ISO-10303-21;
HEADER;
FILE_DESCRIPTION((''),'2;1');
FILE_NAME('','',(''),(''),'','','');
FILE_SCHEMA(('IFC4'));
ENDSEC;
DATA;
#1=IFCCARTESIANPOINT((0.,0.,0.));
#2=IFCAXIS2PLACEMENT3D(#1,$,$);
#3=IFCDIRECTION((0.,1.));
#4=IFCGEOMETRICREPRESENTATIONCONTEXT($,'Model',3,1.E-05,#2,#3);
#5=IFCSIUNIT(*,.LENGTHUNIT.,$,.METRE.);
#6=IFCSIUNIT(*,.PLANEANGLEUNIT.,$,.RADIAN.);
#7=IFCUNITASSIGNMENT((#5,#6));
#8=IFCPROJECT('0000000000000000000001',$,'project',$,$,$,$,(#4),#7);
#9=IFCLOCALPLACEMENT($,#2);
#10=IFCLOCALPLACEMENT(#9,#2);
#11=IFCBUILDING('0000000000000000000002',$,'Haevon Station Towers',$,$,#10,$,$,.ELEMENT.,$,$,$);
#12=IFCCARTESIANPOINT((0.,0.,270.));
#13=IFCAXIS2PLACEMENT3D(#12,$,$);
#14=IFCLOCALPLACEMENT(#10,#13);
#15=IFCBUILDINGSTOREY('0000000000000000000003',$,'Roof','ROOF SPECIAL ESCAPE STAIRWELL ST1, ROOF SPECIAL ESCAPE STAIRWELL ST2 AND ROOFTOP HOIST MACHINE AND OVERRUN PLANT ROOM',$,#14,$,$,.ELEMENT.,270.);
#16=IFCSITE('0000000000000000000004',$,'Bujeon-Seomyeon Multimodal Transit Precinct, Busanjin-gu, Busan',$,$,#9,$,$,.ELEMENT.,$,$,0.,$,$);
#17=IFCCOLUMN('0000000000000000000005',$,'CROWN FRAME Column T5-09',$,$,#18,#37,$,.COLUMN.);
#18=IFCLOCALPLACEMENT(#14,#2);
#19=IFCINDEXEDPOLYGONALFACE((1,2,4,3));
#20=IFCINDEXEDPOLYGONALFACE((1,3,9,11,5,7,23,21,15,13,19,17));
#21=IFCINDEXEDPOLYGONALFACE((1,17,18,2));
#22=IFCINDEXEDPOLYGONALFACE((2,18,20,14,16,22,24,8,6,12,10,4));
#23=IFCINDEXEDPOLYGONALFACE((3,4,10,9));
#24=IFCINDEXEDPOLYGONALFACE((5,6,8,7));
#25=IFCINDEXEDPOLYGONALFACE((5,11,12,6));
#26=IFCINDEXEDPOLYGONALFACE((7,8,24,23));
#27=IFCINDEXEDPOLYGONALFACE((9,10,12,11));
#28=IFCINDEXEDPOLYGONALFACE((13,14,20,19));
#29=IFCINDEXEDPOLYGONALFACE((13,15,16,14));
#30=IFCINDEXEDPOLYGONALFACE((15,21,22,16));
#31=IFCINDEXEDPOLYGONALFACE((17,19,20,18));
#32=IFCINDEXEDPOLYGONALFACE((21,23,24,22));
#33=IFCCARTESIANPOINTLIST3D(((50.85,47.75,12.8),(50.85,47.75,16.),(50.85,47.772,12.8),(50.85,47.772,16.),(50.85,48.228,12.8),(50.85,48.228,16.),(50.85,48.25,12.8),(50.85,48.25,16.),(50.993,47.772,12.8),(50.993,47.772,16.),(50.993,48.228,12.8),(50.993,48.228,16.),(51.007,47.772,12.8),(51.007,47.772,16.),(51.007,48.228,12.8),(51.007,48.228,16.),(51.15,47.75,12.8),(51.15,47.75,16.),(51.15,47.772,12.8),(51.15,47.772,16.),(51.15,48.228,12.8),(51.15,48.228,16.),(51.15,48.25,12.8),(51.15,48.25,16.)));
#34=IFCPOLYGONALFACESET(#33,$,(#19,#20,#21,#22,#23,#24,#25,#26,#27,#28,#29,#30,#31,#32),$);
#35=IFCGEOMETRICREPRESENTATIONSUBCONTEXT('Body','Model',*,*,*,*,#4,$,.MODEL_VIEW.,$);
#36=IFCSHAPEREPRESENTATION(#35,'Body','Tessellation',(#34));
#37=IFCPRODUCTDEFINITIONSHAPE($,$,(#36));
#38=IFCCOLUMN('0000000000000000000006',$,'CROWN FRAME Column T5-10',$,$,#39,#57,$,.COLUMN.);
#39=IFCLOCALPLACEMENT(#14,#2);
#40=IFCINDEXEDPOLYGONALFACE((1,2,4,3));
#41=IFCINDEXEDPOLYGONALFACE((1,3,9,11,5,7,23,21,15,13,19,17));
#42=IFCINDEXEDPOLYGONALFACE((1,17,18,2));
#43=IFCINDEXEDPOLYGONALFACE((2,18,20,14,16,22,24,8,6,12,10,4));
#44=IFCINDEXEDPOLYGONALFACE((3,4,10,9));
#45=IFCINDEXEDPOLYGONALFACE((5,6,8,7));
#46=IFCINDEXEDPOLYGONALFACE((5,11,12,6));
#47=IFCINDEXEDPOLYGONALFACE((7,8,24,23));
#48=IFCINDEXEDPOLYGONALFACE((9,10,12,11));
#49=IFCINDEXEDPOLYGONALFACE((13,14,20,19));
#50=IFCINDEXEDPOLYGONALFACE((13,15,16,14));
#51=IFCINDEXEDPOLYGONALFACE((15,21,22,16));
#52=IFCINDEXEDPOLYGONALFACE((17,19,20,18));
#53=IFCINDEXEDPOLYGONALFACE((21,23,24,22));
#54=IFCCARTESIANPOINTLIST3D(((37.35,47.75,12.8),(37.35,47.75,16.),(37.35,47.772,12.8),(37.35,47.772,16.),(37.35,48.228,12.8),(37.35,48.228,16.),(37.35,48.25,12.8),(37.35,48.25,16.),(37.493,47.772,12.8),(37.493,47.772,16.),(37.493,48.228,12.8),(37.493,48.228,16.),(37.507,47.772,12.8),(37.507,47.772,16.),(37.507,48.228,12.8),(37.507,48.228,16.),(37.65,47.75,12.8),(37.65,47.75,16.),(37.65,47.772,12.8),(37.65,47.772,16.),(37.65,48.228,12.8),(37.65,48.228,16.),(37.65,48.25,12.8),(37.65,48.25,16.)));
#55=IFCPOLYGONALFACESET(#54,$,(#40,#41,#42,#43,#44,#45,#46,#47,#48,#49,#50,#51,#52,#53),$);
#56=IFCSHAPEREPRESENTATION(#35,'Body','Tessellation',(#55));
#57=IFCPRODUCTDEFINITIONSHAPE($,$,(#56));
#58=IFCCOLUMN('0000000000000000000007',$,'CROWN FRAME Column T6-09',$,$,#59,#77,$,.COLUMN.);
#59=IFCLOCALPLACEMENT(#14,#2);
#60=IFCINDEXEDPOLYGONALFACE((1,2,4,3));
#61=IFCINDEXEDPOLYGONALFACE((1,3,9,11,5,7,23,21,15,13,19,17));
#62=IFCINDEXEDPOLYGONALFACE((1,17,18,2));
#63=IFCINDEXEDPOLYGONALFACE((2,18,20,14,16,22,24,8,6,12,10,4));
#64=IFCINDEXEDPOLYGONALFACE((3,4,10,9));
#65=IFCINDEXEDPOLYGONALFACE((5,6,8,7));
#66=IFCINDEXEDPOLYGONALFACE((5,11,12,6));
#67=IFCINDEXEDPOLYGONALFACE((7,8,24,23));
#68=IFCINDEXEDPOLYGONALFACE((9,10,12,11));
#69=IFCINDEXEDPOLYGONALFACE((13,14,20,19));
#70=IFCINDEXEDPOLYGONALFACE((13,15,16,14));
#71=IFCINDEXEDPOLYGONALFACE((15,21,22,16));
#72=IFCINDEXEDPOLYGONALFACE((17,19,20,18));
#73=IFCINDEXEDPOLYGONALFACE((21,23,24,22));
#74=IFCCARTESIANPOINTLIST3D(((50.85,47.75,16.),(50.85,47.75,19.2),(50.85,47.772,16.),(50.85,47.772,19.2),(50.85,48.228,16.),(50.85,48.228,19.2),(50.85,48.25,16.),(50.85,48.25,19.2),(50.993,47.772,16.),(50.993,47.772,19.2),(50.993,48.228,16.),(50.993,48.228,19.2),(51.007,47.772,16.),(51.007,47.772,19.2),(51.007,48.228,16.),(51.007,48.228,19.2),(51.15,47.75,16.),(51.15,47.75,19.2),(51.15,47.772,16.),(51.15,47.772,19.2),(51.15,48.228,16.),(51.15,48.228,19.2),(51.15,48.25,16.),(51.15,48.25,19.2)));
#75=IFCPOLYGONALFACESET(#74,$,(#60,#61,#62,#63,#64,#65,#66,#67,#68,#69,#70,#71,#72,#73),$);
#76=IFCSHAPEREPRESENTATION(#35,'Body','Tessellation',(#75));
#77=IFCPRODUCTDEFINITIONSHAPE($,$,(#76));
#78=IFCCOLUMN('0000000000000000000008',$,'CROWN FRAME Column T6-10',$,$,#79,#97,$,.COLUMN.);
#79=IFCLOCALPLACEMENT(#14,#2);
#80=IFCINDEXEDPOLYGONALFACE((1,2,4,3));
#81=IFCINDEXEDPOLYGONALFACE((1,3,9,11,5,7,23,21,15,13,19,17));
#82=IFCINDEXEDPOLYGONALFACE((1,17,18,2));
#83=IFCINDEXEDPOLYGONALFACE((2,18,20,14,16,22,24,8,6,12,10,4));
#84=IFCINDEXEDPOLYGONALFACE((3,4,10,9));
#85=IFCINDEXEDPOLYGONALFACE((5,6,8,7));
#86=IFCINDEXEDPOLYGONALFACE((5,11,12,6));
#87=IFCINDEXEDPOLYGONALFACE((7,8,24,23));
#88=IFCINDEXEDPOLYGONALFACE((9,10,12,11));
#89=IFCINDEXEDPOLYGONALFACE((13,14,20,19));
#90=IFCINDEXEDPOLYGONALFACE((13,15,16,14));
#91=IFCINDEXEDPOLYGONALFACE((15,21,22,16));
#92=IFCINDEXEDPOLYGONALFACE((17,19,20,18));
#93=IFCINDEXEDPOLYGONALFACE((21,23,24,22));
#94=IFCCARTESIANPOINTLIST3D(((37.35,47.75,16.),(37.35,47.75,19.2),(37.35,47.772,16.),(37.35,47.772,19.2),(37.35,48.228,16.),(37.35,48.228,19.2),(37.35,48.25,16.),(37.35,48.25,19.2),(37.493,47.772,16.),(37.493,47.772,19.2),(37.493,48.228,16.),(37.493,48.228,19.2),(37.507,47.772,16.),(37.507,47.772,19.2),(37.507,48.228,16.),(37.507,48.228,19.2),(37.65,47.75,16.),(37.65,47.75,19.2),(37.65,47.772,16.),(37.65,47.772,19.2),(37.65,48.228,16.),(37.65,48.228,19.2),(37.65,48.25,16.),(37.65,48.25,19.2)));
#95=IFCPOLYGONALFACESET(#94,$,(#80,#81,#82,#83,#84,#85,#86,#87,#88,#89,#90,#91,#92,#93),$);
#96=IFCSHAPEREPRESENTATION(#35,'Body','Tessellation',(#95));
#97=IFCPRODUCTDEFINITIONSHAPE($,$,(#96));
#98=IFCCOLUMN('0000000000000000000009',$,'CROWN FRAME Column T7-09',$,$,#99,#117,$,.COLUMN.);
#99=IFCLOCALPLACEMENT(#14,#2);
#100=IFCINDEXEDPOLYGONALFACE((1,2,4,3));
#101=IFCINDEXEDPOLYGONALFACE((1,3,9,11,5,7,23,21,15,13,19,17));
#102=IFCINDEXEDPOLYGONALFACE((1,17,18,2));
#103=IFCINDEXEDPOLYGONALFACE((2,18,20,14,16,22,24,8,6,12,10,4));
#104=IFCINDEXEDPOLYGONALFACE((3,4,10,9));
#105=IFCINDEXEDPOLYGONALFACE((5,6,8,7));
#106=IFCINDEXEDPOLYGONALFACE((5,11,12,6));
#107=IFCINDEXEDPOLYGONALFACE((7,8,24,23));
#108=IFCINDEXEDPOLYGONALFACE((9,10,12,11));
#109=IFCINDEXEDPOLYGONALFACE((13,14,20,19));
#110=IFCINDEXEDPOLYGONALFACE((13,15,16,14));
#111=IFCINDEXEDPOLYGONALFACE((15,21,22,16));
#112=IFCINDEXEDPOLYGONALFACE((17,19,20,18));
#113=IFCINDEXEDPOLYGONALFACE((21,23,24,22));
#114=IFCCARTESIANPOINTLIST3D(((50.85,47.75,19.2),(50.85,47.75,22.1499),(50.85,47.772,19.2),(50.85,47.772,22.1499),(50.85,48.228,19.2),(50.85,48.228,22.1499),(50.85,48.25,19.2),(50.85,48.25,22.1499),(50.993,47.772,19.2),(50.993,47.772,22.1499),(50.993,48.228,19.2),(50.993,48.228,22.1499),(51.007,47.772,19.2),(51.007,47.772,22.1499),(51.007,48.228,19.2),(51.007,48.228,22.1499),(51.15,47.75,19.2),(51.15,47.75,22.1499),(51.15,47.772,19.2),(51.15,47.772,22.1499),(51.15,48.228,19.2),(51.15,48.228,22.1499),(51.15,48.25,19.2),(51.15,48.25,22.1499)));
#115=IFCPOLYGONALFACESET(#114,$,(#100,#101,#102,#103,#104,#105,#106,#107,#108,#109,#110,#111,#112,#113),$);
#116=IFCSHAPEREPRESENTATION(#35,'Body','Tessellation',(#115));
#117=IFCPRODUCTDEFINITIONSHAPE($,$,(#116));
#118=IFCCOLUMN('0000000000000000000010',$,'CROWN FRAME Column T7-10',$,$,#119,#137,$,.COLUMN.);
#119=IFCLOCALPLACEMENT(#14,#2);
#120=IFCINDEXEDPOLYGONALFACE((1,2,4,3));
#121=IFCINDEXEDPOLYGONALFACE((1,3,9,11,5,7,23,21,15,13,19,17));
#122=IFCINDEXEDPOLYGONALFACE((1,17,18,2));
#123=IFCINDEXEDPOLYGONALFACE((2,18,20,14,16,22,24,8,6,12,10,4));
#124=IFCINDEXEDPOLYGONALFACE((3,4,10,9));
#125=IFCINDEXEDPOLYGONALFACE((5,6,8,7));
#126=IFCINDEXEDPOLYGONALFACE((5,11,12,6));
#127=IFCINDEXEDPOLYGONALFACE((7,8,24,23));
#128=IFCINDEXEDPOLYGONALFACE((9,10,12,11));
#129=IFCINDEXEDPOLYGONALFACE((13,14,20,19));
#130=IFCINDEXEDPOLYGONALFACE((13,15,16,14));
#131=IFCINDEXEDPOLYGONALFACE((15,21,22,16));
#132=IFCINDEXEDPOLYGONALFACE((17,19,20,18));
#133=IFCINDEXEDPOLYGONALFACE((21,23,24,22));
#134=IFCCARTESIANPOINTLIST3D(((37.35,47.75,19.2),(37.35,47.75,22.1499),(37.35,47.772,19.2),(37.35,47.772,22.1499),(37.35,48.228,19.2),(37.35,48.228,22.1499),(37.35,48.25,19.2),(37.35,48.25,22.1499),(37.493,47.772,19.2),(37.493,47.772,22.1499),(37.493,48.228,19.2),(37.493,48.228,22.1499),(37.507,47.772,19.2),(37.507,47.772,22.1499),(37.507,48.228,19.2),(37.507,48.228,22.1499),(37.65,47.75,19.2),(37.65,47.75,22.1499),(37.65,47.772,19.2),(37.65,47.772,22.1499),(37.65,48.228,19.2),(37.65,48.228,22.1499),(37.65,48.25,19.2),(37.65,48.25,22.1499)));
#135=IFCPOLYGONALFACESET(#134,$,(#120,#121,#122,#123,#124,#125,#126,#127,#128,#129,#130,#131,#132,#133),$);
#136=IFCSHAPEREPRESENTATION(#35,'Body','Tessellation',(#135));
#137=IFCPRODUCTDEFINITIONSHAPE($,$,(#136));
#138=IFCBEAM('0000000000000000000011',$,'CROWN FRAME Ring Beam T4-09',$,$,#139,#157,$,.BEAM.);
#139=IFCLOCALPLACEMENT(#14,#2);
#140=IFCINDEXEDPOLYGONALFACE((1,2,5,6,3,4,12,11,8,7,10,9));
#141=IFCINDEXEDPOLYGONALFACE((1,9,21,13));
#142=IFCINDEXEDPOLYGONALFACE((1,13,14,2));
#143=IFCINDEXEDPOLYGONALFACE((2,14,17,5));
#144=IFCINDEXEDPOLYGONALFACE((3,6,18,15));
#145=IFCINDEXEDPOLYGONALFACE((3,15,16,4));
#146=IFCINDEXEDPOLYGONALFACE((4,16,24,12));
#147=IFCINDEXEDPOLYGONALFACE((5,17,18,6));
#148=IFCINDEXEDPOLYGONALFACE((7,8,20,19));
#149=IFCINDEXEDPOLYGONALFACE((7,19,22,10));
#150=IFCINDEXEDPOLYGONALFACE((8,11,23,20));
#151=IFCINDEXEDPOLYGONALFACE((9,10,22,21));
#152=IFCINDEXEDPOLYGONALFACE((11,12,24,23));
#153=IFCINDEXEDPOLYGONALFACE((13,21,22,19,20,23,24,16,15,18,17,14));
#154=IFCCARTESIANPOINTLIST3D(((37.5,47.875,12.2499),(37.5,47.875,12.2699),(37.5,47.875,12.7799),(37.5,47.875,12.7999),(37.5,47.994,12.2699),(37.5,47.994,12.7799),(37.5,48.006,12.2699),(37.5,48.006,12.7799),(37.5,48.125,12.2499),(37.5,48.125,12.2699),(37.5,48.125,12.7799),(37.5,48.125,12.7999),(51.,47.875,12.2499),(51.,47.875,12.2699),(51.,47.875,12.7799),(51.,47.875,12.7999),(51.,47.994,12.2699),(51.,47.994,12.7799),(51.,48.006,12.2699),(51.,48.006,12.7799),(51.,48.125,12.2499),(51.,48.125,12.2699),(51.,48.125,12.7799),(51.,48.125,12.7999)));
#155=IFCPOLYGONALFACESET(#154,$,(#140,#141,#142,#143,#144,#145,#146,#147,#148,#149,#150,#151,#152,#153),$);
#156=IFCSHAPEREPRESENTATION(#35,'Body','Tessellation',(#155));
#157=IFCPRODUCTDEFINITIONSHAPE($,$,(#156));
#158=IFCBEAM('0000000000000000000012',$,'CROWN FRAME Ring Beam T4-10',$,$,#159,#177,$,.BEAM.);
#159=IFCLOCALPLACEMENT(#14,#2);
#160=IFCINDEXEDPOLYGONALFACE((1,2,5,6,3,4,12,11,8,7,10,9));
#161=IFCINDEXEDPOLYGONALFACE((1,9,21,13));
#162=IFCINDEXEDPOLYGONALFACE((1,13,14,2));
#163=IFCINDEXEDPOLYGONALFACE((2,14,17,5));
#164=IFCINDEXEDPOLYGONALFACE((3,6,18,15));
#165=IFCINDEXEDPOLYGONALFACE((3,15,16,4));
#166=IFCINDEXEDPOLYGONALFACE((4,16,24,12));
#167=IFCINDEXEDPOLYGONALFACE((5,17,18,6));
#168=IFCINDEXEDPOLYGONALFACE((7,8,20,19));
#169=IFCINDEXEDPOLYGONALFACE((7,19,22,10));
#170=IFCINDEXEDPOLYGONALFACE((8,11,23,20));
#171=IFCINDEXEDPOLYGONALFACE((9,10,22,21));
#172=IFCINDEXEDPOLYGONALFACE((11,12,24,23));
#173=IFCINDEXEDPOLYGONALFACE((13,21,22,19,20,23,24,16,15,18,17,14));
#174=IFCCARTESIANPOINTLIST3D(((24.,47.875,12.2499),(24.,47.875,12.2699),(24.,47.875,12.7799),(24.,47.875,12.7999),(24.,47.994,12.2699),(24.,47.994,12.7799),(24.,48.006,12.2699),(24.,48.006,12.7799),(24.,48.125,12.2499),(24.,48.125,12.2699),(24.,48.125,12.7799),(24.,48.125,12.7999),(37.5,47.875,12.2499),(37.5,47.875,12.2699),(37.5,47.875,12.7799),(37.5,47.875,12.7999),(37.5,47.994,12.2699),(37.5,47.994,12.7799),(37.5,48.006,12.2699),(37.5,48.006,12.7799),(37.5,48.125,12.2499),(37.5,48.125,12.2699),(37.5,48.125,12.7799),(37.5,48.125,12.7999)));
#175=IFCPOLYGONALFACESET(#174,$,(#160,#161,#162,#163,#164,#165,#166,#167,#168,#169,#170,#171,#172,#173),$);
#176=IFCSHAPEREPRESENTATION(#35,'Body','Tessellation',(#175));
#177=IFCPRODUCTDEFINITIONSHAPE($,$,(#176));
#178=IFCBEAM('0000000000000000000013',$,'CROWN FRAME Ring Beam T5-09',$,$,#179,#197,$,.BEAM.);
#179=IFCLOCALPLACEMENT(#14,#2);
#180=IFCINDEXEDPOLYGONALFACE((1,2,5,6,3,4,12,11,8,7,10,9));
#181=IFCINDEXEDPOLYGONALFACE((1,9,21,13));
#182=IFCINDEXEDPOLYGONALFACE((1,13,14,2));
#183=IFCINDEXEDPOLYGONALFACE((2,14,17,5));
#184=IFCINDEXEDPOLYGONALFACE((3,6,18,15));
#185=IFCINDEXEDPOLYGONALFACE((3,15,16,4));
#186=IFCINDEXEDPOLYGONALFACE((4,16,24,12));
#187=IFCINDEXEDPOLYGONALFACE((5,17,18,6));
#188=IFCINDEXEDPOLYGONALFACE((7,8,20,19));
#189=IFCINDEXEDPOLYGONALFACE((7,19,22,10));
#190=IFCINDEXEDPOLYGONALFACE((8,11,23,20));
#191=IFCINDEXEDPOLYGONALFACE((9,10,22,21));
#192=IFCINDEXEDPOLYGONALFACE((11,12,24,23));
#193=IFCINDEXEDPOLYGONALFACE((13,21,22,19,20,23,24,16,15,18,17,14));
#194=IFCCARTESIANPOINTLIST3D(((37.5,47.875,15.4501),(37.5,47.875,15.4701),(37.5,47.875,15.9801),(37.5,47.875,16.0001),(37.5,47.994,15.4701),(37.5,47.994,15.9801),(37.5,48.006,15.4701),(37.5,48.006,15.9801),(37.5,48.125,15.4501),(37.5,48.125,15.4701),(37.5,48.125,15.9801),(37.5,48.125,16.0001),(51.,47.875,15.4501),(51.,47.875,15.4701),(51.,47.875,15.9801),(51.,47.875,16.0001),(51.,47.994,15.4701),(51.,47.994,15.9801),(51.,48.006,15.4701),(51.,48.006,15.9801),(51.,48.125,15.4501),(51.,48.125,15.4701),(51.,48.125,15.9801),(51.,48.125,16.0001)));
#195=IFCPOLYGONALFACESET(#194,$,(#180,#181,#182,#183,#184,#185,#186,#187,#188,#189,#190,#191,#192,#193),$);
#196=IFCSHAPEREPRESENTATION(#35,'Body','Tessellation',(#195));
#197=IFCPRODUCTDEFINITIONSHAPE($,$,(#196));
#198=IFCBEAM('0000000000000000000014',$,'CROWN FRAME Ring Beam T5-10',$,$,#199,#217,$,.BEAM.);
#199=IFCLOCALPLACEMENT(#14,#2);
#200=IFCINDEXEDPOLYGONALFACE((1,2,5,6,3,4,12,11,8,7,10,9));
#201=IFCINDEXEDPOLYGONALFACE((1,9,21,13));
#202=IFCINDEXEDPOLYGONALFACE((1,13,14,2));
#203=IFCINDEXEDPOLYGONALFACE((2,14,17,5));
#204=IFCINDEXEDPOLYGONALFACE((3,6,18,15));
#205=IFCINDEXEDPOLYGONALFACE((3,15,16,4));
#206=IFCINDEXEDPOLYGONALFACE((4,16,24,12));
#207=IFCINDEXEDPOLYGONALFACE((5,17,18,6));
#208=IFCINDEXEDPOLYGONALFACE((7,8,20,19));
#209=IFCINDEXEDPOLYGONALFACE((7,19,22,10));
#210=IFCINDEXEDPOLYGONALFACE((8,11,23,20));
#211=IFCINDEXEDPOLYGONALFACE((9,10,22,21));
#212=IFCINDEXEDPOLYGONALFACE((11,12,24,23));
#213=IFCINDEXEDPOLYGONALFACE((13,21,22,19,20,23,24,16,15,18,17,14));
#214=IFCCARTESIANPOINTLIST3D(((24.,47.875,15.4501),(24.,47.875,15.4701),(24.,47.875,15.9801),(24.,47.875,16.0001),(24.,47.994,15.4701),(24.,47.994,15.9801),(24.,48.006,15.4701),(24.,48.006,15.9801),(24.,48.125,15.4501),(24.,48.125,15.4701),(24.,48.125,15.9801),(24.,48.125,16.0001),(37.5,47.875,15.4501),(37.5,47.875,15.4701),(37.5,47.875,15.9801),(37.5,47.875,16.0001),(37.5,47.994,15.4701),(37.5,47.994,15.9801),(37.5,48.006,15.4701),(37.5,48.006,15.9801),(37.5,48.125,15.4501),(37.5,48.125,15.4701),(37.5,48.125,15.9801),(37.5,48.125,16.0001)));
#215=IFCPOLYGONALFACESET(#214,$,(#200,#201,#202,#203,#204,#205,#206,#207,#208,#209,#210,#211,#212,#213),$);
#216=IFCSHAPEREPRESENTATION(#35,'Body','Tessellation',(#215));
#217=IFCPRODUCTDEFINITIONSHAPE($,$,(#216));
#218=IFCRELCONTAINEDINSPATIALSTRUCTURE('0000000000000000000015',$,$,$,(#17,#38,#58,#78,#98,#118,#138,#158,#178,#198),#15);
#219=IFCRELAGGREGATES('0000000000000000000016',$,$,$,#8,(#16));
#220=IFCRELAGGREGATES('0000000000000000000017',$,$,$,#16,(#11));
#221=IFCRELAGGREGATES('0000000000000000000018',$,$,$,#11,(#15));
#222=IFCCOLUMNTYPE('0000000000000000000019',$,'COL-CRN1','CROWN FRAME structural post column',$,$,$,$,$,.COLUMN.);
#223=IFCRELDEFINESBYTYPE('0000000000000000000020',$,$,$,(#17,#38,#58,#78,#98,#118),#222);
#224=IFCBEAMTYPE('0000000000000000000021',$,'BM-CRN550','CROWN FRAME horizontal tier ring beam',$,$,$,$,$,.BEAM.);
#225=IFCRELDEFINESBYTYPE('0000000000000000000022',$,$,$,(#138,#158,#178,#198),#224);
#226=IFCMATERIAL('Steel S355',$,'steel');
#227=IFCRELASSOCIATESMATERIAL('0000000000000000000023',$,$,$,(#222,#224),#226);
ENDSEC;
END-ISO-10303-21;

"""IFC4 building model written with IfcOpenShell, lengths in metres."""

from ifc_helpers import new_model, si_unit, direction, frame, origin, origin_2d, place, context, subcontext, project, spatial, i_section, extrude, material, material_profile, profile_set, type_object, element, save


model = new_model("IFC4")

# Units and contexts
model_context = context("Model", 3, precision=1e-05, world=origin(), true_north=direction((0.0, 1.0)))
body_context = subcontext(model_context, "Body", "Model", "MODEL_VIEW")
ifc_project = project(units=[si_unit("LENGTHUNIT", "METRE"), si_unit("PLANEANGLEUNIT", "RADIAN")], contexts=[model_context])

# Site, building, storey
site_placement = place(None, origin())
site = spatial("IfcSite", under=ifc_project, at=site_placement, Name="Bujeon-Seomyeon Multimodal Transit Precinct, Busanjin-gu, Busan", CompositionType="ELEMENT", RefElevation=0.0)
building_placement = place(site_placement, origin())
building = spatial("IfcBuilding", under=site, at=building_placement, Name="Haevon Station Towers", CompositionType="ELEMENT")
storey_placement = place(building_placement, frame((0.0, 0.0, 270.0)))
storey = spatial("IfcBuildingStorey", under=building, at=storey_placement, Name="Roof", Description="ROOF SPECIAL ESCAPE STAIRWELL ST1, ROOF SPECIAL ESCAPE STAIRWELL ST2 AND ROOFTOP HOIST MACHINE AND OVERRUN PLANT ROOM", CompositionType="ELEMENT", Elevation=270.0)

# Columns
ifc_material_1 = material(Name="Steel S355", Category="steel")
ifc_material_profile_1 = material_profile(ifc_material_1, i_section(OverallWidth=0.3, OverallDepth=0.5, WebThickness=0.0139, FlangeThickness=0.022, at=origin_2d()), Name="H-500x300x14x22")
ifc_profile_set_1 = profile_set([ifc_material_profile_1], Name="Steel S355")
column_type = type_object("IfcColumnType", Name="COL-CRN1", Description="CROWN FRAME structural post column", PredefinedType="COLUMN", material=ifc_profile_set_1)
for number, where, z_axis, x_axis, name in (
    (1, (51.0, 48.0, 12.8), (0.0, 0.0, 1.0), (1.0, 0.0, 0.0), "CROWN FRAME Column T5-09"),
    (2, (37.5, 48.0, 12.8), (0.0, 0.0, 1.0), (1.0, 0.0, 0.0), "CROWN FRAME Column T5-10"),
    (3, (51.0, 48.0, 16.0), (0.0, 0.0, 1.0), (1.0, 0.0, 0.0), "CROWN FRAME Column T6-09"),
    (4, (37.5, 48.0, 16.0), (0.0, 0.0, 1.0), (1.0, 0.0, 0.0), "CROWN FRAME Column T6-10"),
):
    element("IfcColumn", number, at=place(storey_placement, frame(where, z_axis=z_axis, x_axis=x_axis)), inside=storey, type_object=column_type, Name=name, PredefinedType="COLUMN", context=body_context, shape_type="SweptSolid", body=[
        extrude(i_section(OverallWidth=0.3, OverallDepth=0.5, WebThickness=0.0139, FlangeThickness=0.022, at=origin_2d()), origin(), (0.0, 0.0, 1.0), 3.2),
    ])
for number, where, z_axis, x_axis, name in (
    (5, (51.0, 48.0, 19.2), (0.0, 0.0, 1.0), (1.0, 0.0, 0.0), "CROWN FRAME Column T7-09"),
    (6, (37.5, 48.0, 19.2), (0.0, 0.0, 1.0), (1.0, 0.0, 0.0), "CROWN FRAME Column T7-10"),
):
    element("IfcColumn", number, at=place(storey_placement, frame(where, z_axis=z_axis, x_axis=x_axis)), inside=storey, type_object=column_type, Name=name, PredefinedType="COLUMN", context=body_context, shape_type="SweptSolid", body=[
        extrude(i_section(OverallWidth=0.3, OverallDepth=0.5, WebThickness=0.0139, FlangeThickness=0.022, at=origin_2d()), origin(), (0.0, 0.0, 1.0), 2.95),
    ])

# Beams
ifc_material_profile_2 = material_profile(ifc_material_1, i_section(OverallWidth=0.25, OverallDepth=0.55, WebThickness=0.012, FlangeThickness=0.02, at=origin_2d()), Name="H-550x250x12x20")
ifc_profile_set_2 = profile_set([ifc_material_profile_2], Name="Steel S355")
beam_type = type_object("IfcBeamType", Name="BM-CRN550", Description="CROWN FRAME horizontal tier ring beam", PredefinedType="BEAM", material=ifc_profile_set_2)
for number, where, z_axis, x_axis, name in (
    (7, (51.0, 48.0, 12.5249), (-1.0, 0.0, 0.0), (0.0, -1.0, 0.0), "CROWN FRAME Ring Beam T4-09"),
    (8, (37.5, 48.0, 12.5249), (-1.0, 0.0, 0.0), (0.0, -1.0, 0.0), "CROWN FRAME Ring Beam T4-10"),
    (9, (51.0, 48.0, 15.7251), (-1.0, 0.0, 0.0), (0.0, -1.0, 0.0), "CROWN FRAME Ring Beam T5-09"),
    (10, (37.5, 48.0, 15.7251), (-1.0, 0.0, 0.0), (0.0, -1.0, 0.0), "CROWN FRAME Ring Beam T5-10"),
):
    element("IfcBeam", number, at=place(storey_placement, frame(where, z_axis=z_axis, x_axis=x_axis)), inside=storey, type_object=beam_type, Name=name, PredefinedType="BEAM", context=body_context, shape_type="SweptSolid", body=[
        extrude(i_section(OverallWidth=0.25, OverallDepth=0.55, WebThickness=0.012, FlangeThickness=0.02, at=origin_2d()), origin(), (0.0, 0.0, 1.0), 13.5),
    ])

save(model, "model.ifc")
